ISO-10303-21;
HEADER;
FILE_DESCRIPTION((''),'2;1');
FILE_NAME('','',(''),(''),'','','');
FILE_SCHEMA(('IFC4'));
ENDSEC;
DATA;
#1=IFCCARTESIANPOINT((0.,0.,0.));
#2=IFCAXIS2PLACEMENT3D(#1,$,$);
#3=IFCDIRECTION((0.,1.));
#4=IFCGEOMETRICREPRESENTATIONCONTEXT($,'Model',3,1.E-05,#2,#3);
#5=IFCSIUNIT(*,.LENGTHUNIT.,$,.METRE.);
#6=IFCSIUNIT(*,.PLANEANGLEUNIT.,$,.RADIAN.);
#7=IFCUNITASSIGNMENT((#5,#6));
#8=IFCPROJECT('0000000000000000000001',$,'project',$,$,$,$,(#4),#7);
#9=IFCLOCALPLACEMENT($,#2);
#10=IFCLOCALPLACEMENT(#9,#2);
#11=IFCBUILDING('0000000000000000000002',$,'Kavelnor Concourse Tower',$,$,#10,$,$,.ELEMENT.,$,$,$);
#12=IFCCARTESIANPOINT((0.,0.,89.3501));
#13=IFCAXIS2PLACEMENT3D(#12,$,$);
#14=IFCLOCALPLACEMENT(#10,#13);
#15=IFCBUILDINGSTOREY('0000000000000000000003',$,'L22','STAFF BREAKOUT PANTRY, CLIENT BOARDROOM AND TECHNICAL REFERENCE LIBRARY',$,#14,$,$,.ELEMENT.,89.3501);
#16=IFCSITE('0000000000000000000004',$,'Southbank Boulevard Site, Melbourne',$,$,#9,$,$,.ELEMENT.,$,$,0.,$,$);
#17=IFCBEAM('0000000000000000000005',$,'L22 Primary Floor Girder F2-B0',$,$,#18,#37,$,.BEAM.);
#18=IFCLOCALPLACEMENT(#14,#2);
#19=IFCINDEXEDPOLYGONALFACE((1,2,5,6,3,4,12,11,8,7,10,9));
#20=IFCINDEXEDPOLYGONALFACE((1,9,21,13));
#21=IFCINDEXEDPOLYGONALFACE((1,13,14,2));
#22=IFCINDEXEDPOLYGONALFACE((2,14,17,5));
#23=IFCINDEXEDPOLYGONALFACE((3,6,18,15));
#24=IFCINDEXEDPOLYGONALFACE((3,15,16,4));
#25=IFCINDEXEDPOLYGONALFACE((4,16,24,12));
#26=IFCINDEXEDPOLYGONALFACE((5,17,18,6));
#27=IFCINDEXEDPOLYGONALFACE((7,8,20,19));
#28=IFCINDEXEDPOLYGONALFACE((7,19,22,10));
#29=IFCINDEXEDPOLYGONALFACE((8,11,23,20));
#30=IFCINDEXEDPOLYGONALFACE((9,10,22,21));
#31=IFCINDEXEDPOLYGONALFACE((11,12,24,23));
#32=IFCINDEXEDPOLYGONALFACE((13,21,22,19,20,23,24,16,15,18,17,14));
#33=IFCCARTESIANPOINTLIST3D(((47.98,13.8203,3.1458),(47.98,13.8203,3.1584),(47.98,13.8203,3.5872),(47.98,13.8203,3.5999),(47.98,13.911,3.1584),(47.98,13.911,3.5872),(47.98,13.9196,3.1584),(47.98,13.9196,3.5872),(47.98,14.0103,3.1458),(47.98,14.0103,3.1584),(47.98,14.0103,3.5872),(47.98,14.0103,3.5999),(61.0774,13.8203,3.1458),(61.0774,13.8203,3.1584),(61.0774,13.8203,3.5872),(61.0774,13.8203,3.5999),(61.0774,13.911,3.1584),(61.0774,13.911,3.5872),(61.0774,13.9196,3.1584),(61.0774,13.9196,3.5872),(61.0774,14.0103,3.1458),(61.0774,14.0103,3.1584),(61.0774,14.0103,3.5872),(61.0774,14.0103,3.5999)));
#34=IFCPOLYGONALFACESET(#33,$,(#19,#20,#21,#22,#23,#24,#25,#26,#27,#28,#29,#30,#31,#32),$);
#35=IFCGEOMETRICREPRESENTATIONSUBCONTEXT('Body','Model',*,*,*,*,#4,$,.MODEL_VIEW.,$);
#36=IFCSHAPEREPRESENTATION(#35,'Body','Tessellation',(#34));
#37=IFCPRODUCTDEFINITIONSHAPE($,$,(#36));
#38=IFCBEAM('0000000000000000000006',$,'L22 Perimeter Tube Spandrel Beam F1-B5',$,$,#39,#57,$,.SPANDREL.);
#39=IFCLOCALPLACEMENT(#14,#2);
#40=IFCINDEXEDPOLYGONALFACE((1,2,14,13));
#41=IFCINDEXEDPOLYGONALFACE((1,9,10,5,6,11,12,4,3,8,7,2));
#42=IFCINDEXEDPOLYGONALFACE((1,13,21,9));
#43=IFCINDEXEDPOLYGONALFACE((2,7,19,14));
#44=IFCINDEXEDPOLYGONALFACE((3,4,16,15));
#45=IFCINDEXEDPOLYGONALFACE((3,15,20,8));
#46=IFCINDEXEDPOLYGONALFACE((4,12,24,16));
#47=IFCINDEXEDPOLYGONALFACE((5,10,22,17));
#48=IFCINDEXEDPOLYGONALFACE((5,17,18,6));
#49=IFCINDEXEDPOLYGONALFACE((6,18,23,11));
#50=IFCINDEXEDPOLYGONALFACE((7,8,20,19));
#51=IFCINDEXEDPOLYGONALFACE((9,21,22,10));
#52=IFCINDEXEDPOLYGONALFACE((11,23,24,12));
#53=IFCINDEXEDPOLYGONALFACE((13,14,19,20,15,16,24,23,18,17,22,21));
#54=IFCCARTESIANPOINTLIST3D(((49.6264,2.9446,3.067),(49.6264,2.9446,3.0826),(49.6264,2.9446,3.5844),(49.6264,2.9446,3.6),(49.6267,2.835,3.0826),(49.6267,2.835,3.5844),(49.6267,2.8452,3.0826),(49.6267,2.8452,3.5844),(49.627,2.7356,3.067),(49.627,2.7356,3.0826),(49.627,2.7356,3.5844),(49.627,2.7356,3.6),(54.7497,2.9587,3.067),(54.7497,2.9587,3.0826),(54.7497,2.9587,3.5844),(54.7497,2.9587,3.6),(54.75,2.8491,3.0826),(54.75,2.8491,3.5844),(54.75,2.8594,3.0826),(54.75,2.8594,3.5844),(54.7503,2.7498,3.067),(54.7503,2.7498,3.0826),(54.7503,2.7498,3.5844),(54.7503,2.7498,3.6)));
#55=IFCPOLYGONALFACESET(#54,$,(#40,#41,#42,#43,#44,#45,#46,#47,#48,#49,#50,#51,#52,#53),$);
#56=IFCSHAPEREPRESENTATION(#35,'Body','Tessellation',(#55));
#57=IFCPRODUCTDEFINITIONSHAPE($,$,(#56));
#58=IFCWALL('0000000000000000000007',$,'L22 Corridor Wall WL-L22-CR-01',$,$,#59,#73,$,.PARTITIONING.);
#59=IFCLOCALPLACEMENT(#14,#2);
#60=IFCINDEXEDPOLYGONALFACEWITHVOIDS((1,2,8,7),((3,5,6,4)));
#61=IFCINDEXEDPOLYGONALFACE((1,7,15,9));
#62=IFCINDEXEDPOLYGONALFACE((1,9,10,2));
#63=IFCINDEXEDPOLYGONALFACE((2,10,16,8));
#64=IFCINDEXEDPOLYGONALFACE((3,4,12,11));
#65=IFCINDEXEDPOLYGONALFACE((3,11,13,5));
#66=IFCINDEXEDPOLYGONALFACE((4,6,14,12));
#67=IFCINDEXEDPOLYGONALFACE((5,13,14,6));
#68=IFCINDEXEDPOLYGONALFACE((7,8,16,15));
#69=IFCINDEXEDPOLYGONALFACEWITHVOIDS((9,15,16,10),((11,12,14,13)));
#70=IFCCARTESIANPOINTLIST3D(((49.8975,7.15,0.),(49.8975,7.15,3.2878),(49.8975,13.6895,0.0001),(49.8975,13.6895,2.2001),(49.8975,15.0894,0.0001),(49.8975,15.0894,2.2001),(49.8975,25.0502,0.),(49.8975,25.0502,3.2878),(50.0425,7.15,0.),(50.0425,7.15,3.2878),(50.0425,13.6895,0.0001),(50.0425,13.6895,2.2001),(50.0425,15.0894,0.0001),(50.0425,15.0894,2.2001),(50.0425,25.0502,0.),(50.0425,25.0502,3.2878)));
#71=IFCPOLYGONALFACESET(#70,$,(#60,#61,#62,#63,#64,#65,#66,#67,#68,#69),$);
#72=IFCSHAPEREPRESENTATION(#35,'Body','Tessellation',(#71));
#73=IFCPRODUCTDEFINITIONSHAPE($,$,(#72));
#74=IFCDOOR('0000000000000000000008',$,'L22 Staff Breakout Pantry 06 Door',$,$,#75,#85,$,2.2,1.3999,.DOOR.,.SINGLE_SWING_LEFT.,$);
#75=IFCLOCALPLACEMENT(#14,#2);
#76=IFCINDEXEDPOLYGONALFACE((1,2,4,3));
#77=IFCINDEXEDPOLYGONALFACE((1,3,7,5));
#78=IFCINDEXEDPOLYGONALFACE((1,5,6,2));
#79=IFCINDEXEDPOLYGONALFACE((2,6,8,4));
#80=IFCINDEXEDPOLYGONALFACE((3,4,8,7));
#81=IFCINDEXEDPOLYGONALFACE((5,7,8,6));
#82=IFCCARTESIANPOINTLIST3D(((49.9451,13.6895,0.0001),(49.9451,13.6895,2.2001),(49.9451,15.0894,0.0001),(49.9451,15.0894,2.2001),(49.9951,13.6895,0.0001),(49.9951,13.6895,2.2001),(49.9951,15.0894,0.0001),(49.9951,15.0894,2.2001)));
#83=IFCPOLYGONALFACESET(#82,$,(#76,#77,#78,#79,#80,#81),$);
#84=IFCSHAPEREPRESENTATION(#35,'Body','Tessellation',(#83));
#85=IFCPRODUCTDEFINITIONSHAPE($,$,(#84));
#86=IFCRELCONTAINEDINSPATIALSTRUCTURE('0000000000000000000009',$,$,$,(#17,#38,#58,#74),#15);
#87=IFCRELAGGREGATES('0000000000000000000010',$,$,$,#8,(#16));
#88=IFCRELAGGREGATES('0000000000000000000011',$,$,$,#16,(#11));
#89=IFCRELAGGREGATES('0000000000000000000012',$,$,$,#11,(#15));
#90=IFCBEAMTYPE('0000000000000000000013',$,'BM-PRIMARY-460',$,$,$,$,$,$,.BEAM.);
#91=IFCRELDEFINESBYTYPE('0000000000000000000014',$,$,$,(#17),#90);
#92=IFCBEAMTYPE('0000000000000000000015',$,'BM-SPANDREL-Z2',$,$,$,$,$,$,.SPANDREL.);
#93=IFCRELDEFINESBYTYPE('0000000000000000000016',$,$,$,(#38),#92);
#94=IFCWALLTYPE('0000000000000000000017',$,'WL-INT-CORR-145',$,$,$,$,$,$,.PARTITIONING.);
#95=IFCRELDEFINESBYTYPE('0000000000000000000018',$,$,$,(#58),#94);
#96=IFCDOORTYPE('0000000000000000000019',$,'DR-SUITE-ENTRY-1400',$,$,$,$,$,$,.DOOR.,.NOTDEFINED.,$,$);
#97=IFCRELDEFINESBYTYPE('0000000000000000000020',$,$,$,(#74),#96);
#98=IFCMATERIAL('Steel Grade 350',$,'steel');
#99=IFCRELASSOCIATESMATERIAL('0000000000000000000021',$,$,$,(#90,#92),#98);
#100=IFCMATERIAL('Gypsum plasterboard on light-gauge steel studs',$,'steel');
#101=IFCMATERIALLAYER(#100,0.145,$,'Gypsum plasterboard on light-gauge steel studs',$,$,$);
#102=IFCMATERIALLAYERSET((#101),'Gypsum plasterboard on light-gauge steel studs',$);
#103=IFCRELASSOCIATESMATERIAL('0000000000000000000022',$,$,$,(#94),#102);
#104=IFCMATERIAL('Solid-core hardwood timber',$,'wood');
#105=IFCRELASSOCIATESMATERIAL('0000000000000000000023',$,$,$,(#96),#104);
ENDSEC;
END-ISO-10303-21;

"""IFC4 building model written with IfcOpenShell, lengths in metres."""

from ifc_helpers import new_model, si_unit, direction, frame, frame_2d, origin, origin_2d, place, context, subcontext, project, spatial, rectangle, i_section, extrude, material, layer, layer_set, material_profile, profile_set, type_object, element, fill, save


model = new_model("IFC4")

# Units and contexts
model_context = context("Model", 3, precision=1e-05, world=origin(), true_north=direction((0.0, 1.0)))
body_context = subcontext(model_context, "Body", "Model", "MODEL_VIEW")
ifc_project = project(units=[si_unit("LENGTHUNIT", "METRE"), si_unit("PLANEANGLEUNIT", "RADIAN")], contexts=[model_context])

# Site, building, storey
site_placement = place(None, origin())
site = spatial("IfcSite", under=ifc_project, at=site_placement, Name="Southbank Boulevard Site, Melbourne", CompositionType="ELEMENT", RefElevation=0.0)
building_placement = place(site_placement, origin())
building = spatial("IfcBuilding", under=site, at=building_placement, Name="Kavelnor Concourse Tower", CompositionType="ELEMENT")
storey_placement = place(building_placement, frame((0.0, 0.0, 89.3501)))
storey = spatial("IfcBuildingStorey", under=building, at=storey_placement, Name="L22", Description="STAFF BREAKOUT PANTRY, CLIENT BOARDROOM AND TECHNICAL REFERENCE LIBRARY", CompositionType="ELEMENT", Elevation=89.3501)

# Shared definitions
ifc_material_1 = material(Name="Steel Grade 350", Category="steel")

# Beams
ifc_material_profile_1 = material_profile(ifc_material_1, i_section(OverallWidth=0.1899, OverallDepth=0.4541, WebThickness=0.0085, FlangeThickness=0.0127, at=origin_2d()), Name="460UB67")
ifc_profile_set_1 = profile_set([ifc_material_profile_1], Name="Steel Grade 350")
beam_type_1 = type_object("IfcBeamType", Name="BM-PRIMARY-460", PredefinedType="BEAM", material=ifc_profile_set_1)
beam_1_placement = place(storey_placement, frame((47.98, 13.9153, 3.3728), z_axis=(1.0, 0.0, 0.0), x_axis=(0.0, 1.0, 0.0)))
element("IfcBeam", 1, at=beam_1_placement, inside=storey, type_object=beam_type_1, Name="L22 Primary Floor Girder F2-B0", PredefinedType="BEAM", context=body_context, shape_type="SweptSolid", body=[
    extrude(i_section(OverallWidth=0.1899, OverallDepth=0.4541, WebThickness=0.0085, FlangeThickness=0.0127, at=origin_2d()), origin(), (0.0, 0.0, 1.0), 13.0974),
])
ifc_material_profile_2 = material_profile(ifc_material_1, i_section(OverallWidth=0.209, OverallDepth=0.533, WebThickness=0.0103, FlangeThickness=0.0156, at=origin_2d()), Name="530UB92")
ifc_profile_set_2 = profile_set([ifc_material_profile_2], Name="Steel Grade 350")
beam_type_2 = type_object("IfcBeamType", Name="BM-SPANDREL-Z2", PredefinedType="SPANDREL", material=ifc_profile_set_2)
beam_2_placement = place(storey_placement, frame((49.6267, 2.8401, 3.3335), z_axis=(0.999996, 0.002764, 0.0), x_axis=(-0.002764, 0.999996, 0.0)))
element("IfcBeam", 2, at=beam_2_placement, inside=storey, type_object=beam_type_2, Name="L22 Perimeter Tube Spandrel Beam F1-B5", PredefinedType="SPANDREL", context=body_context, shape_type="SweptSolid", body=[
    extrude(i_section(OverallWidth=0.209, OverallDepth=0.533, WebThickness=0.0103, FlangeThickness=0.0156, at=origin_2d()), origin(), (0.0, 0.0, 1.0), 5.1233),
])

# Wall, opening, door
ifc_material_2 = material(Name="Gypsum plasterboard on light-gauge steel studs", Category="steel")
ifc_layer_1 = layer(ifc_material_2, 0.145, Name="Gypsum plasterboard on light-gauge steel studs")
ifc_layer_set_1 = layer_set([ifc_layer_1], Name="Gypsum plasterboard on light-gauge steel studs")
wall_type_1 = type_object("IfcWallType", Name="WL-INT-CORR-145", PredefinedType="PARTITIONING", material=ifc_layer_set_1)
wall_1_placement = place(storey_placement, frame((49.97, 7.1499, 0.0), z_axis=(0.0, 0.0, 1.0), x_axis=(0.0, 1.0, 0.0)))
wall_1 = element("IfcWall", 3, at=wall_1_placement, inside=storey, type_object=wall_type_1, Name="L22 Corridor Wall WL-L22-CR-01", PredefinedType="PARTITIONING", context=body_context, shape_type="SweptSolid", body=[
    extrude(rectangle(XDim=17.9001, YDim=0.145, at=frame_2d((8.9502, 0.0))), origin(), (0.0, 0.0, 1.0), 3.2878),
])
opening_1_placement = place(wall_1_placement, frame((6.5396, 0.0, 0.0)))
opening_1 = element("IfcOpeningElement", 4, at=opening_1_placement, cuts=wall_1, PredefinedType="OPENING", context=body_context, shape_type="SweptSolid", body=[
    extrude(rectangle(XDim=1.3999, YDim=2.2, at=frame_2d((0.7, 1.1001))), frame((0.0, 0.0825, 0.0), z_axis=(0.0, -1.0, 0.0), x_axis=(1.0, 0.0, 0.0)), (0.0, 0.0, 1.0), 0.165),
])
ifc_material_3 = material(Name="Solid-core hardwood timber", Category="wood")
door_type_1 = type_object("IfcDoorType", Name="DR-SUITE-ENTRY-1400", OperationType="NOTDEFINED", PredefinedType="DOOR", material=ifc_material_3)
door_1_placement = place(opening_1_placement, origin())
door_1 = element("IfcDoor", 5, at=door_1_placement, inside=storey, type_object=door_type_1, Name="L22 Staff Breakout Pantry 06 Door", OperationType="SINGLE_SWING_LEFT", OverallHeight=2.2, OverallWidth=1.3999, PredefinedType="DOOR", context=body_context, shape_type="SweptSolid", body=[
    extrude(rectangle(XDim=1.3999, YDim=2.2, at=frame_2d((0.7, 1.1001))), frame((0.0, 0.0249, 0.0), z_axis=(0.0, -1.0, 0.0), x_axis=(1.0, 0.0, 0.0)), (0.0, 0.0, 1.0), 0.05),
])
fill(opening_1, door_1)

save(model, "model.ifc")
